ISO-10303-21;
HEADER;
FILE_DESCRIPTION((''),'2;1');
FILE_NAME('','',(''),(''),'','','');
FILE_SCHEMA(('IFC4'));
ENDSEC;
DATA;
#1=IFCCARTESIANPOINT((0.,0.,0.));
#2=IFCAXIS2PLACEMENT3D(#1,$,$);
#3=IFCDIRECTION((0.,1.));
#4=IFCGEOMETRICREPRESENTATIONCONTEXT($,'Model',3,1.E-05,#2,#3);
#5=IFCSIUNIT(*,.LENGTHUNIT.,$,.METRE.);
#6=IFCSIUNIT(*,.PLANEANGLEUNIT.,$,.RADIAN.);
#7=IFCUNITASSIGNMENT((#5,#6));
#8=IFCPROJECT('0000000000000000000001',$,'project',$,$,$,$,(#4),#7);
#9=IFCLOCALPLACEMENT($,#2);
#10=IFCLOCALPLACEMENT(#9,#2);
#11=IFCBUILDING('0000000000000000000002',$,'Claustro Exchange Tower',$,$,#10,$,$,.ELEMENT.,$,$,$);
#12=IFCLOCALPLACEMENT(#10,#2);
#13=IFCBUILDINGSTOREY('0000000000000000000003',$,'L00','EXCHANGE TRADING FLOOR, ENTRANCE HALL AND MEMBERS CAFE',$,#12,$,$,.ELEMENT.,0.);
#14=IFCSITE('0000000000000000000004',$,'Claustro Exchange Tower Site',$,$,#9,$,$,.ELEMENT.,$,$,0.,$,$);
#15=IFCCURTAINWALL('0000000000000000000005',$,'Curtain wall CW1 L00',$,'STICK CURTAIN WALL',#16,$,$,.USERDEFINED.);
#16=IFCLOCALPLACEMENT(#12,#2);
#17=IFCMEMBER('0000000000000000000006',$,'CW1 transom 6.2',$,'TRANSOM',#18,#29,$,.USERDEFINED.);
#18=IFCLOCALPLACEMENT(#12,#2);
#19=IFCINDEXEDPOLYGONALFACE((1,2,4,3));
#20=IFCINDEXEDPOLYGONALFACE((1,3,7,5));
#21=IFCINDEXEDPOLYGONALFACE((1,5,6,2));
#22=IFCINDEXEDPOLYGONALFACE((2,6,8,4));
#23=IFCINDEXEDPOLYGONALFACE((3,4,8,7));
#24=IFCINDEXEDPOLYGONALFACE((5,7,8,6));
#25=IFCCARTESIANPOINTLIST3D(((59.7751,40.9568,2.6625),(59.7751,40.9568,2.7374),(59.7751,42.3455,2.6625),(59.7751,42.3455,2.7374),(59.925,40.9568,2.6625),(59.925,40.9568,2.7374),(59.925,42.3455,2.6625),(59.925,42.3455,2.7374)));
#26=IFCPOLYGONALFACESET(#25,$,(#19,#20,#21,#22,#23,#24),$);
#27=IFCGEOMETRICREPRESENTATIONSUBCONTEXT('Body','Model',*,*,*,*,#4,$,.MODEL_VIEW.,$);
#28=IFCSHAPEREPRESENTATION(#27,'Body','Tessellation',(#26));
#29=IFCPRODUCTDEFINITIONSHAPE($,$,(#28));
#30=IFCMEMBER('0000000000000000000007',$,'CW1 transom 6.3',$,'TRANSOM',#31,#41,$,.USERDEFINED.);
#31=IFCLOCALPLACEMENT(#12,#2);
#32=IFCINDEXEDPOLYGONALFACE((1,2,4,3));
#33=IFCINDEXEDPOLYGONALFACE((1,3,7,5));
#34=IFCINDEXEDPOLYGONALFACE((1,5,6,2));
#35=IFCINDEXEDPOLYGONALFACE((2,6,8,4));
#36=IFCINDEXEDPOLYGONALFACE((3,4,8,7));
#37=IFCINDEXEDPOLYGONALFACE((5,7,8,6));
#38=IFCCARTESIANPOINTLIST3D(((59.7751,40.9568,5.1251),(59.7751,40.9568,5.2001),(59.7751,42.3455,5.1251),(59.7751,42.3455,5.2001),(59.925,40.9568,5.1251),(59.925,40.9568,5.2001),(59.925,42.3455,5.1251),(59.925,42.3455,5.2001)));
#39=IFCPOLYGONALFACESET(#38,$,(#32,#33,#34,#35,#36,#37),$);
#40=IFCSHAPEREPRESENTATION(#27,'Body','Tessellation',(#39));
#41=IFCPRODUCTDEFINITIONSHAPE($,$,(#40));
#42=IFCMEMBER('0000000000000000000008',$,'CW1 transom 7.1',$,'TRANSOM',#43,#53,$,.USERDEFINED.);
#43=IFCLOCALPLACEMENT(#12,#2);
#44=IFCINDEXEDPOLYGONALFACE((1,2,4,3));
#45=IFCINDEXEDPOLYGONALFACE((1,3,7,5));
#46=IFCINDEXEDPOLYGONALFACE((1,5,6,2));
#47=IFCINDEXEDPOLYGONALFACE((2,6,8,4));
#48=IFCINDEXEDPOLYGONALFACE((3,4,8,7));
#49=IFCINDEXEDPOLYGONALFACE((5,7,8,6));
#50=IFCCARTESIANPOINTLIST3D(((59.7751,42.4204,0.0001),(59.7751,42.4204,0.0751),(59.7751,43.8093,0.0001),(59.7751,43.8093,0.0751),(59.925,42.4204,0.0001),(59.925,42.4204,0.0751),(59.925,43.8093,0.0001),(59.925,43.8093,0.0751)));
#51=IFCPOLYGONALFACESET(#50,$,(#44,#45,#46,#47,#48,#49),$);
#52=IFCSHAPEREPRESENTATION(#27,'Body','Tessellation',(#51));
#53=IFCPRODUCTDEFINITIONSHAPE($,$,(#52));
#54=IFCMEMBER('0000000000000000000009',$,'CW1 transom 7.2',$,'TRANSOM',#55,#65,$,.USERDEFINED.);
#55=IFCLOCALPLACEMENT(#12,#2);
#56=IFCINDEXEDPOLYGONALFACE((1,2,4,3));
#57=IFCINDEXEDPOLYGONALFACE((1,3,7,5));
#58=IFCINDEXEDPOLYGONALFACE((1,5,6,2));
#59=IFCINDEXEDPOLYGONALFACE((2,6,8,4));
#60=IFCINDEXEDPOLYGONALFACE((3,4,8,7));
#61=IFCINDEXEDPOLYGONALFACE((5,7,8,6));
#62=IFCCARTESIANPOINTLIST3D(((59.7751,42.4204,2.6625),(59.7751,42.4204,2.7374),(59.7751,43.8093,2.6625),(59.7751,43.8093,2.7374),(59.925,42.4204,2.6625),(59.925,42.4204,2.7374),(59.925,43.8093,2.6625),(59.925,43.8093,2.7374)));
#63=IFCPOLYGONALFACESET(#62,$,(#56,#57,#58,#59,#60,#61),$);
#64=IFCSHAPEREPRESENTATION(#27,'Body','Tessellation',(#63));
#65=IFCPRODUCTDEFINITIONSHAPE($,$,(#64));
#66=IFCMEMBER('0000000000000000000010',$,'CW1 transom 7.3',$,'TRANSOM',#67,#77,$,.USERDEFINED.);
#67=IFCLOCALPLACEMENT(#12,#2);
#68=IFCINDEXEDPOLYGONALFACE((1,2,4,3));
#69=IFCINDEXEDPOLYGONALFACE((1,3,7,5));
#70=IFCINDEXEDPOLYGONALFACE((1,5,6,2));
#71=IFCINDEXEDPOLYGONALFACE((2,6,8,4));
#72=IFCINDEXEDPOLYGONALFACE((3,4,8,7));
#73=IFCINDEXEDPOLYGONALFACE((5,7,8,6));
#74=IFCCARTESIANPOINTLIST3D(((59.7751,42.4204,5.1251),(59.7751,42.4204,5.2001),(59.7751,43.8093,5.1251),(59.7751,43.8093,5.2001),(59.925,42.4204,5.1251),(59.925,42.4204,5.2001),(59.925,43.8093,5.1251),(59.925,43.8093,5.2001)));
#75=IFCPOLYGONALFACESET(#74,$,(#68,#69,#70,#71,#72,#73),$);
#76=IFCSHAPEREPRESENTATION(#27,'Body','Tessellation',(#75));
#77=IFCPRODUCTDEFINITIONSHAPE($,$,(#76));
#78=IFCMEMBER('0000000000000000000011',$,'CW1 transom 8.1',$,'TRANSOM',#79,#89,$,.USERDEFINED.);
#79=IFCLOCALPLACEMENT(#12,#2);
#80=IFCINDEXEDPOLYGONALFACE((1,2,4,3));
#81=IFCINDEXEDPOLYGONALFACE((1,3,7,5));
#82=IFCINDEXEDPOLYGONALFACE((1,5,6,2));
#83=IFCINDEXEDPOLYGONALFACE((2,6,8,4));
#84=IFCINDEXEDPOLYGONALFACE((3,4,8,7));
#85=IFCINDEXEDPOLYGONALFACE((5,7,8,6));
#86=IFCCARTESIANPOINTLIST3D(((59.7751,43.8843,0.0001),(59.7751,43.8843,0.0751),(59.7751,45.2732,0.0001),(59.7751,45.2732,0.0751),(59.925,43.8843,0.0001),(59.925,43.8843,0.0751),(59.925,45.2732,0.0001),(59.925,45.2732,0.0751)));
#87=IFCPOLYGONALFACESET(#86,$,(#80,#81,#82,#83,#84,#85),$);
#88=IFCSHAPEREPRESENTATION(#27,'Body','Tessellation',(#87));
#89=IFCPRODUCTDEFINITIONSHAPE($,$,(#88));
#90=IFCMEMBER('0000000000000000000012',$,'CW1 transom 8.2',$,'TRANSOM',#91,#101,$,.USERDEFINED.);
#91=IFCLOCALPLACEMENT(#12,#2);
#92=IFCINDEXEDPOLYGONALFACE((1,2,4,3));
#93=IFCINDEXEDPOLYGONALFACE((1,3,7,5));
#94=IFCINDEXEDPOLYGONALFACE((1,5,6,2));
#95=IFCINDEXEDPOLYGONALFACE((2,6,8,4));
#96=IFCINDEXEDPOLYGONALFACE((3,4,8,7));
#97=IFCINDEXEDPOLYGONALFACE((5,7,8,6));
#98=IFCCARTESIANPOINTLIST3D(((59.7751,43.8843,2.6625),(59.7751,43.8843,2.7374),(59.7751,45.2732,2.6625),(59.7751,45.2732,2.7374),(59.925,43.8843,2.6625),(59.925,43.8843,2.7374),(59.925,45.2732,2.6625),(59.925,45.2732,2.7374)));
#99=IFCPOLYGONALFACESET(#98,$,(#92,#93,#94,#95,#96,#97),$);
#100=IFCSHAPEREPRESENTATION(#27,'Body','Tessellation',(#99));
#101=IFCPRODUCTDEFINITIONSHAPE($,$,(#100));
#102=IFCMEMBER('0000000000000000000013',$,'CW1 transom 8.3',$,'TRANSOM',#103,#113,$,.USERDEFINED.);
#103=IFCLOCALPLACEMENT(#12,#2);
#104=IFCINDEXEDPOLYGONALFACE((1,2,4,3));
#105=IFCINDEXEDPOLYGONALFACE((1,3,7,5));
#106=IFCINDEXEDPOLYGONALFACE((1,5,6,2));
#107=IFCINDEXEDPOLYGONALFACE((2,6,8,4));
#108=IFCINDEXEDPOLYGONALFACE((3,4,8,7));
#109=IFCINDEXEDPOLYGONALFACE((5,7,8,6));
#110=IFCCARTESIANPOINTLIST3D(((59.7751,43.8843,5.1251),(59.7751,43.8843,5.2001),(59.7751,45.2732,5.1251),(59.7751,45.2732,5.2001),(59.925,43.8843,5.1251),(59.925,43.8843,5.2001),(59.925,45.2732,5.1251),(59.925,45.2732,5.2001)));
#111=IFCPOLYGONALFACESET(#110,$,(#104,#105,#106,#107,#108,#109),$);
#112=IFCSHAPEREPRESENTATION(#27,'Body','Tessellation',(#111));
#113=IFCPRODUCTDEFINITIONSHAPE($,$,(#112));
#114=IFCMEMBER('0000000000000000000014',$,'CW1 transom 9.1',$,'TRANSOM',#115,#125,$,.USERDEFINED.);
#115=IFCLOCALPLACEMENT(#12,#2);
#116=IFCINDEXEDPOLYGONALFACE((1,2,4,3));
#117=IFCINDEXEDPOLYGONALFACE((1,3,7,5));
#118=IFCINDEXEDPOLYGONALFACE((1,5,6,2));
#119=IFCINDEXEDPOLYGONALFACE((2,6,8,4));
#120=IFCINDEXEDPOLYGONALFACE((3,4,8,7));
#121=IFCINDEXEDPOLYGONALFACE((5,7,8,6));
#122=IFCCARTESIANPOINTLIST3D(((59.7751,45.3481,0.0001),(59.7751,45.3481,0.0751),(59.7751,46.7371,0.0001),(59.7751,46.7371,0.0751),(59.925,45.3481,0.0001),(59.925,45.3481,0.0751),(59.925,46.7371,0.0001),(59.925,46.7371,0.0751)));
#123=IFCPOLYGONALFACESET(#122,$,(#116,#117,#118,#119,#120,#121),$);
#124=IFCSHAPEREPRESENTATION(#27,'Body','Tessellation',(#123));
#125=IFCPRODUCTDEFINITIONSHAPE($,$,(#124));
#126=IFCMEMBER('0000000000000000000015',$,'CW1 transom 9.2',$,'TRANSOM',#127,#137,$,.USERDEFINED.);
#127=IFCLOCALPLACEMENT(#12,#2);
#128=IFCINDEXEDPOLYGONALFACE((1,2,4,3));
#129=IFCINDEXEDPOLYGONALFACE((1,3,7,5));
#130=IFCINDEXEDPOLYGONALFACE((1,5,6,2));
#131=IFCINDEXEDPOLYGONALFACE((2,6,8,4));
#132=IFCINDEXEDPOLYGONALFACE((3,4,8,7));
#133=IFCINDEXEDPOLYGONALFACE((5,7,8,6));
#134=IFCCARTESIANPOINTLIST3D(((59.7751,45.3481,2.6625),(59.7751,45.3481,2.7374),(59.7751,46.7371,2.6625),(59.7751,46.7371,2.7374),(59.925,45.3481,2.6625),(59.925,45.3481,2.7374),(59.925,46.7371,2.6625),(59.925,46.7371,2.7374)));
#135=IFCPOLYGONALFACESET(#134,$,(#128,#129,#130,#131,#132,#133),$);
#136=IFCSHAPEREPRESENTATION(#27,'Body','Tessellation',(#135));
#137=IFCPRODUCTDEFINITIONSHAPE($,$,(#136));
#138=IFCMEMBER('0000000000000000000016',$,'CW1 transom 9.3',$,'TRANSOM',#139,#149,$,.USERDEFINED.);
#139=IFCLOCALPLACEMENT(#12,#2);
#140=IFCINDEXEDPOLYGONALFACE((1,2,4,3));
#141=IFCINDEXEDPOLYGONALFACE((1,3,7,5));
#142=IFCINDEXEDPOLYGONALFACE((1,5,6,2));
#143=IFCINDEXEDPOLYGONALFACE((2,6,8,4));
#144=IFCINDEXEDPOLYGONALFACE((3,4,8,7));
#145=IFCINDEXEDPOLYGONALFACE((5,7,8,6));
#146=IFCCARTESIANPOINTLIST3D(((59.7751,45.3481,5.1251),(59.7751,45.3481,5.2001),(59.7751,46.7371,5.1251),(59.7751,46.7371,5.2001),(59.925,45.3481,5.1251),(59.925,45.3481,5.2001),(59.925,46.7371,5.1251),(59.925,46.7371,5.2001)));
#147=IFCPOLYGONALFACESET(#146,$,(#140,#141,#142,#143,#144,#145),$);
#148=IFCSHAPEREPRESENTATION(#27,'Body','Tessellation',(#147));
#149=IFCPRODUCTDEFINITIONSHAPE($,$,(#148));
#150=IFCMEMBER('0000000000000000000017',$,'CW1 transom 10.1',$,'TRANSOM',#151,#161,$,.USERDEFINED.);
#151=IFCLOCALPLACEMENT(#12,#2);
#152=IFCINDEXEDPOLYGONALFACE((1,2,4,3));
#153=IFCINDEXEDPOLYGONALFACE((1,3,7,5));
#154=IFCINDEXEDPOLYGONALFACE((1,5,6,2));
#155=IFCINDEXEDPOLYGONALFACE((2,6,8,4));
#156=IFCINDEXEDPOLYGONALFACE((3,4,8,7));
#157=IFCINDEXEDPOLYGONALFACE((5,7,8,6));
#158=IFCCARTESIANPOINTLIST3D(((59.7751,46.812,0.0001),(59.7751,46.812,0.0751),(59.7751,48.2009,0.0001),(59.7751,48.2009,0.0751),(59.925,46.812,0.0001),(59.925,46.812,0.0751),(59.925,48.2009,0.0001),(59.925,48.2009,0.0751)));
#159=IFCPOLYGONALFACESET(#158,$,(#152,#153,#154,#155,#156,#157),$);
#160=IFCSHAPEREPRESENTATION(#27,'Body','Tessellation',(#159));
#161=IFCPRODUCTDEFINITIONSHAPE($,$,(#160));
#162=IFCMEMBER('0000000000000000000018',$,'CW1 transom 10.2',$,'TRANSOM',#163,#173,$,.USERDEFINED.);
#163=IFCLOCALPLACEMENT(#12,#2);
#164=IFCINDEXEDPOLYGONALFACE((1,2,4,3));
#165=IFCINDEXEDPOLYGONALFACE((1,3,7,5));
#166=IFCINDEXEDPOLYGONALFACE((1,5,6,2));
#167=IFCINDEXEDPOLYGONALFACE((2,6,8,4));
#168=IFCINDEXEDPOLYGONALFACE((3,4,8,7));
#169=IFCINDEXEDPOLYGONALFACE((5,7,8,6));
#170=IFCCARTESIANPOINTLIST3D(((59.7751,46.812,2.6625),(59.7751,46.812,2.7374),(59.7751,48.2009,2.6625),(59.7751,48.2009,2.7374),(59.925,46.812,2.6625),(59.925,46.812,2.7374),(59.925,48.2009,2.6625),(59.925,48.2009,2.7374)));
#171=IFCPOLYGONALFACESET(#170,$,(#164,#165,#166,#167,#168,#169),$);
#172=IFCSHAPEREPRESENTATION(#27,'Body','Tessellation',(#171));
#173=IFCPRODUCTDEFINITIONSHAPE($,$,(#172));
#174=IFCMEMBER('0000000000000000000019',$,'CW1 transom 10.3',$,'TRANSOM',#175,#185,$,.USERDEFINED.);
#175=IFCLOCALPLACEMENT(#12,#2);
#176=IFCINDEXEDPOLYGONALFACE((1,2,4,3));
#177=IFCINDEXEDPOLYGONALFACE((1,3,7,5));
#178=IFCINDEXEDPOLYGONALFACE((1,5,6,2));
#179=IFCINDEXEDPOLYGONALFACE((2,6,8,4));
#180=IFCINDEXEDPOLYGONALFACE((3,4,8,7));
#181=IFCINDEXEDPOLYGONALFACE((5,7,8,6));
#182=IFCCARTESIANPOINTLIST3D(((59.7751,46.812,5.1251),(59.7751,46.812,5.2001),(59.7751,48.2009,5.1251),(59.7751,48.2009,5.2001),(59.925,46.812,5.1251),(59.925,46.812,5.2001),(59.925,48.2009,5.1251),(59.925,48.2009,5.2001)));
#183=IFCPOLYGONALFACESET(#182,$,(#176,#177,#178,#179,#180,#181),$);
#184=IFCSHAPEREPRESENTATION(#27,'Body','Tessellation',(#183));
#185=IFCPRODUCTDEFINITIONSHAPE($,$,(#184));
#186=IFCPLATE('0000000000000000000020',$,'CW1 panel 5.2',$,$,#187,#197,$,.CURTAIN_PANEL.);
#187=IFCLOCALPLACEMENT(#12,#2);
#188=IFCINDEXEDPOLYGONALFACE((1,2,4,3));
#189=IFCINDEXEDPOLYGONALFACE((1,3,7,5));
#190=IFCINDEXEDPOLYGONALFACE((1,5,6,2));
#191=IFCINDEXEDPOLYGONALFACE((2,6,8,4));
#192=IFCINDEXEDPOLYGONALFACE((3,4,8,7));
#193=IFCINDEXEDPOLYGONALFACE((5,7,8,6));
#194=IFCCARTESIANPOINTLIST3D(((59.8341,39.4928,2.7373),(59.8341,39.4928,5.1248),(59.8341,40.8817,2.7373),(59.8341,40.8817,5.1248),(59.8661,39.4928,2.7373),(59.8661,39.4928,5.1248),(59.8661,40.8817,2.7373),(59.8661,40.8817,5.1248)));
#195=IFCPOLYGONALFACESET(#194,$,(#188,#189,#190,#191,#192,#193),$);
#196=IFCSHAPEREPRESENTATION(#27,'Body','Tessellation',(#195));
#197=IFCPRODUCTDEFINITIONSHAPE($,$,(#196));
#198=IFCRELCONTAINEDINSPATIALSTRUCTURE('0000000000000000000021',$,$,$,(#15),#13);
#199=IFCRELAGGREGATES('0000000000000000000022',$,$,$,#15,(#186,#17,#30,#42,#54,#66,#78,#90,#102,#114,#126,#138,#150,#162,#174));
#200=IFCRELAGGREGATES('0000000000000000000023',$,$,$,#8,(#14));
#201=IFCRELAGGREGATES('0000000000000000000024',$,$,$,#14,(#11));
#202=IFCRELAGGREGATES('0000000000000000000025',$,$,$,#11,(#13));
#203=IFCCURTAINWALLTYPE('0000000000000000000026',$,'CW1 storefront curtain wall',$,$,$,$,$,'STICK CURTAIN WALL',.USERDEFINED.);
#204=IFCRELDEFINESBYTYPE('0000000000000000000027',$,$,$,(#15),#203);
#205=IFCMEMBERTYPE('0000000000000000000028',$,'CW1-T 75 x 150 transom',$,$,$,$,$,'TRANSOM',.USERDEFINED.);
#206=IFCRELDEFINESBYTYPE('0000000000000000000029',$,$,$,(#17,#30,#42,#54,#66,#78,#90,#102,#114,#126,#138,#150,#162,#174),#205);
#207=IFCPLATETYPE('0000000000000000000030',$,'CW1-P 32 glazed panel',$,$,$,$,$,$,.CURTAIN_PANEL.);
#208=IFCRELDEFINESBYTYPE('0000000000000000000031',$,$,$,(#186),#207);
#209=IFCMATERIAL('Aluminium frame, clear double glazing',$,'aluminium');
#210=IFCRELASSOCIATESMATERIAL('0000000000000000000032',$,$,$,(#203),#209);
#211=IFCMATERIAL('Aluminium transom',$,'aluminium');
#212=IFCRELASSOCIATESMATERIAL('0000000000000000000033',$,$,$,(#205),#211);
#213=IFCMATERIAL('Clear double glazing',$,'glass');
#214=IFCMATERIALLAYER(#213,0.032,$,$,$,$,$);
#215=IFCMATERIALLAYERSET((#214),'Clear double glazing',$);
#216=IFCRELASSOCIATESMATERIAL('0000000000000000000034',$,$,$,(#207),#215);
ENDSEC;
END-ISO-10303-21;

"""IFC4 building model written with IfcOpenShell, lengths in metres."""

from ifc_helpers import new_model, si_unit, direction, frame, origin, origin_2d, place, context, subcontext, project, spatial, rectangle, extrude, material, layer, layer_set, material_profile, profile_set, type_object, element, aggregate, save


model = new_model("IFC4")

# Units and contexts
model_context = context("Model", 3, precision=1e-05, world=origin(), true_north=direction((0.0, 1.0)))
body_context = subcontext(model_context, "Body", "Model", "MODEL_VIEW")
ifc_project = project(units=[si_unit("LENGTHUNIT", "METRE"), si_unit("PLANEANGLEUNIT", "RADIAN")], contexts=[model_context])

# Site, building, storey
site_placement = place(None, origin())
site = spatial("IfcSite", under=ifc_project, at=site_placement, Name="Claustro Exchange Tower Site", CompositionType="ELEMENT", RefElevation=0.0)
building_placement = place(site_placement, origin())
building = spatial("IfcBuilding", under=site, at=building_placement, Name="Claustro Exchange Tower", CompositionType="ELEMENT")
storey_placement = place(building_placement, origin())
storey = spatial("IfcBuildingStorey", under=building, at=storey_placement, Name="L00", Description="EXCHANGE TRADING FLOOR, ENTRANCE HALL AND MEMBERS CAFE", CompositionType="ELEMENT", Elevation=0.0)

# Curtain wall, members, plate
ifc_material_1 = material(Name="Aluminium frame, clear double glazing", Category="aluminium")
curtain_wall_type = type_object("IfcCurtainWallType", Name="CW1 storefront curtain wall", ElementType="STICK CURTAIN WALL", PredefinedType="USERDEFINED", material=ifc_material_1)
curtain_wall_placement = place(storey_placement, origin())
curtain_wall = element("IfcCurtainWall", 1, at=curtain_wall_placement, inside=storey, type_object=curtain_wall_type, Name="Curtain wall CW1 L00", ObjectType="STICK CURTAIN WALL", PredefinedType="USERDEFINED")
ifc_material_2 = material(Name="Aluminium transom", Category="aluminium")
ifc_material_profile_1 = material_profile(ifc_material_2, rectangle(XDim=0.1499, YDim=0.075, at=origin_2d()), Name="CW1-T 75x150")
ifc_profile_set_1 = profile_set([ifc_material_profile_1], Name="Aluminium transom")
member_type_1 = type_object("IfcMemberType", Name="CW1-T 75 x 150 transom", ElementType="TRANSOM", PredefinedType="USERDEFINED", material=ifc_profile_set_1)
member_1_placement = place(storey_placement, frame((59.8501, 40.9568, 2.7), z_axis=(0.0, 1.0, 0.0), x_axis=(-1.0, 0.0, 0.0)))
member_1 = element("IfcMember", 2, at=member_1_placement, type_object=member_type_1, Name="CW1 transom 6.2", ObjectType="TRANSOM", PredefinedType="USERDEFINED", context=body_context, shape_type="SweptSolid", body=[
    extrude(rectangle(XDim=0.1499, YDim=0.075, at=origin_2d()), origin(), (0.0, 0.0, 1.0), 1.3887),
])
member_2_placement = place(storey_placement, frame((59.8501, 40.9568, 5.1626), z_axis=(0.0, 1.0, 0.0), x_axis=(-1.0, 0.0, 0.0)))
member_2 = element("IfcMember", 3, at=member_2_placement, type_object=member_type_1, Name="CW1 transom 6.3", ObjectType="TRANSOM", PredefinedType="USERDEFINED", context=body_context, shape_type="SweptSolid", body=[
    extrude(rectangle(XDim=0.1499, YDim=0.075, at=origin_2d()), origin(), (0.0, 0.0, 1.0), 1.3887),
])
member_3_placement = place(storey_placement, frame((59.8501, 42.4204, 0.0376), z_axis=(0.0, 1.0, 0.0), x_axis=(-1.0, 0.0, 0.0)))
member_3 = element("IfcMember", 4, at=member_3_placement, type_object=member_type_1, Name="CW1 transom 7.1", ObjectType="TRANSOM", PredefinedType="USERDEFINED", context=body_context, shape_type="SweptSolid", body=[
    extrude(rectangle(XDim=0.1499, YDim=0.075, at=origin_2d()), origin(), (0.0, 0.0, 1.0), 1.3889),
])
member_4_placement = place(storey_placement, frame((59.8501, 42.4204, 2.7), z_axis=(0.0, 1.0, 0.0), x_axis=(-1.0, 0.0, 0.0)))
member_4 = element("IfcMember", 5, at=member_4_placement, type_object=member_type_1, Name="CW1 transom 7.2", ObjectType="TRANSOM", PredefinedType="USERDEFINED", context=body_context, shape_type="SweptSolid", body=[
    extrude(rectangle(XDim=0.1499, YDim=0.075, at=origin_2d()), origin(), (0.0, 0.0, 1.0), 1.3889),
])
member_5_placement = place(storey_placement, frame((59.8501, 42.4204, 5.1626), z_axis=(0.0, 1.0, 0.0), x_axis=(-1.0, 0.0, 0.0)))
member_5 = element("IfcMember", 6, at=member_5_placement, type_object=member_type_1, Name="CW1 transom 7.3", ObjectType="TRANSOM", PredefinedType="USERDEFINED", context=body_context, shape_type="SweptSolid", body=[
    extrude(rectangle(XDim=0.1499, YDim=0.075, at=origin_2d()), origin(), (0.0, 0.0, 1.0), 1.3889),
])
member_6_placement = place(storey_placement, frame((59.8501, 43.8843, 0.0376), z_axis=(0.0, 1.0, 0.0), x_axis=(-1.0, 0.0, 0.0)))
member_6 = element("IfcMember", 7, at=member_6_placement, type_object=member_type_1, Name="CW1 transom 8.1", ObjectType="TRANSOM", PredefinedType="USERDEFINED", context=body_context, shape_type="SweptSolid", body=[
    extrude(rectangle(XDim=0.1499, YDim=0.075, at=origin_2d()), origin(), (0.0, 0.0, 1.0), 1.3889),
])
member_7_placement = place(storey_placement, frame((59.8501, 43.8843, 2.7), z_axis=(0.0, 1.0, 0.0), x_axis=(-1.0, 0.0, 0.0)))
member_7 = element("IfcMember", 8, at=member_7_placement, type_object=member_type_1, Name="CW1 transom 8.2", ObjectType="TRANSOM", PredefinedType="USERDEFINED", context=body_context, shape_type="SweptSolid", body=[
    extrude(rectangle(XDim=0.1499, YDim=0.075, at=origin_2d()), origin(), (0.0, 0.0, 1.0), 1.3889),
])
member_8_placement = place(storey_placement, frame((59.8501, 43.8843, 5.1626), z_axis=(0.0, 1.0, 0.0), x_axis=(-1.0, 0.0, 0.0)))
member_8 = element("IfcMember", 9, at=member_8_placement, type_object=member_type_1, Name="CW1 transom 8.3", ObjectType="TRANSOM", PredefinedType="USERDEFINED", context=body_context, shape_type="SweptSolid", body=[
    extrude(rectangle(XDim=0.1499, YDim=0.075, at=origin_2d()), origin(), (0.0, 0.0, 1.0), 1.3889),
])
member_9_placement = place(storey_placement, frame((59.8501, 45.3481, 0.0376), z_axis=(0.0, 1.0, 0.0), x_axis=(-1.0, 0.0, 0.0)))
member_9 = element("IfcMember", 10, at=member_9_placement, type_object=member_type_1, Name="CW1 transom 9.1", ObjectType="TRANSOM", PredefinedType="USERDEFINED", context=body_context, shape_type="SweptSolid", body=[
    extrude(rectangle(XDim=0.1499, YDim=0.075, at=origin_2d()), origin(), (0.0, 0.0, 1.0), 1.3889),
])
member_10_placement = place(storey_placement, frame((59.8501, 45.3481, 2.7), z_axis=(0.0, 1.0, 0.0), x_axis=(-1.0, 0.0, 0.0)))
member_10 = element("IfcMember", 11, at=member_10_placement, type_object=member_type_1, Name="CW1 transom 9.2", ObjectType="TRANSOM", PredefinedType="USERDEFINED", context=body_context, shape_type="SweptSolid", body=[
    extrude(rectangle(XDim=0.1499, YDim=0.075, at=origin_2d()), origin(), (0.0, 0.0, 1.0), 1.3889),
])
member_11_placement = place(storey_placement, frame((59.8501, 45.3481, 5.1626), z_axis=(0.0, 1.0, 0.0), x_axis=(-1.0, 0.0, 0.0)))
member_11 = element("IfcMember", 12, at=member_11_placement, type_object=member_type_1, Name="CW1 transom 9.3", ObjectType="TRANSOM", PredefinedType="USERDEFINED", context=body_context, shape_type="SweptSolid", body=[
    extrude(rectangle(XDim=0.1499, YDim=0.075, at=origin_2d()), origin(), (0.0, 0.0, 1.0), 1.3889),
])
member_12_placement = place(storey_placement, frame((59.8501, 46.812, 0.0376), z_axis=(0.0, 1.0, 0.0), x_axis=(-1.0, 0.0, 0.0)))
member_12 = element("IfcMember", 13, at=member_12_placement, type_object=member_type_1, Name="CW1 transom 10.1", ObjectType="TRANSOM", PredefinedType="USERDEFINED", context=body_context, shape_type="SweptSolid", body=[
    extrude(rectangle(XDim=0.1499, YDim=0.075, at=origin_2d()), origin(), (0.0, 0.0, 1.0), 1.3889),
])
member_13_placement = place(storey_placement, frame((59.8501, 46.812, 2.7), z_axis=(0.0, 1.0, 0.0), x_axis=(-1.0, 0.0, 0.0)))
member_13 = element("IfcMember", 14, at=member_13_placement, type_object=member_type_1, Name="CW1 transom 10.2", ObjectType="TRANSOM", PredefinedType="USERDEFINED", context=body_context, shape_type="SweptSolid", body=[
    extrude(rectangle(XDim=0.1499, YDim=0.075, at=origin_2d()), origin(), (0.0, 0.0, 1.0), 1.3889),
])
member_14_placement = place(storey_placement, frame((59.8501, 46.812, 5.1626), z_axis=(0.0, 1.0, 0.0), x_axis=(-1.0, 0.0, 0.0)))
member_14 = element("IfcMember", 15, at=member_14_placement, type_object=member_type_1, Name="CW1 transom 10.3", ObjectType="TRANSOM", PredefinedType="USERDEFINED", context=body_context, shape_type="SweptSolid", body=[
    extrude(rectangle(XDim=0.1499, YDim=0.075, at=origin_2d()), origin(), (0.0, 0.0, 1.0), 1.3889),
])
ifc_material_3 = material(Name="Clear double glazing", Category="glass")
ifc_layer = layer(ifc_material_3, 0.032)
ifc_layer_set = layer_set([ifc_layer], Name="Clear double glazing")
plate_type = type_object("IfcPlateType", Name="CW1-P 32 glazed panel", PredefinedType="CURTAIN_PANEL", material=ifc_layer_set)
plate_1_placement = place(storey_placement, frame((59.8501, 40.1873, 2.7373), z_axis=(0.0, 0.0, 1.0), x_axis=(0.0, 1.0, 0.0)))
plate_1 = element("IfcPlate", 16, at=plate_1_placement, type_object=plate_type, Name="CW1 panel 5.2", PredefinedType="CURTAIN_PANEL", context=body_context, shape_type="SweptSolid", body=[
    extrude(rectangle(XDim=1.3889, YDim=0.032, at=origin_2d()), origin(), (0.0, 0.0, 1.0), 2.3875),
])
aggregate(curtain_wall, [plate_1, member_1, member_2, member_3, member_4, member_5, member_6, member_7, member_8, member_9, member_10, member_11, member_12, member_13, member_14])

save(model, "model.ifc")
